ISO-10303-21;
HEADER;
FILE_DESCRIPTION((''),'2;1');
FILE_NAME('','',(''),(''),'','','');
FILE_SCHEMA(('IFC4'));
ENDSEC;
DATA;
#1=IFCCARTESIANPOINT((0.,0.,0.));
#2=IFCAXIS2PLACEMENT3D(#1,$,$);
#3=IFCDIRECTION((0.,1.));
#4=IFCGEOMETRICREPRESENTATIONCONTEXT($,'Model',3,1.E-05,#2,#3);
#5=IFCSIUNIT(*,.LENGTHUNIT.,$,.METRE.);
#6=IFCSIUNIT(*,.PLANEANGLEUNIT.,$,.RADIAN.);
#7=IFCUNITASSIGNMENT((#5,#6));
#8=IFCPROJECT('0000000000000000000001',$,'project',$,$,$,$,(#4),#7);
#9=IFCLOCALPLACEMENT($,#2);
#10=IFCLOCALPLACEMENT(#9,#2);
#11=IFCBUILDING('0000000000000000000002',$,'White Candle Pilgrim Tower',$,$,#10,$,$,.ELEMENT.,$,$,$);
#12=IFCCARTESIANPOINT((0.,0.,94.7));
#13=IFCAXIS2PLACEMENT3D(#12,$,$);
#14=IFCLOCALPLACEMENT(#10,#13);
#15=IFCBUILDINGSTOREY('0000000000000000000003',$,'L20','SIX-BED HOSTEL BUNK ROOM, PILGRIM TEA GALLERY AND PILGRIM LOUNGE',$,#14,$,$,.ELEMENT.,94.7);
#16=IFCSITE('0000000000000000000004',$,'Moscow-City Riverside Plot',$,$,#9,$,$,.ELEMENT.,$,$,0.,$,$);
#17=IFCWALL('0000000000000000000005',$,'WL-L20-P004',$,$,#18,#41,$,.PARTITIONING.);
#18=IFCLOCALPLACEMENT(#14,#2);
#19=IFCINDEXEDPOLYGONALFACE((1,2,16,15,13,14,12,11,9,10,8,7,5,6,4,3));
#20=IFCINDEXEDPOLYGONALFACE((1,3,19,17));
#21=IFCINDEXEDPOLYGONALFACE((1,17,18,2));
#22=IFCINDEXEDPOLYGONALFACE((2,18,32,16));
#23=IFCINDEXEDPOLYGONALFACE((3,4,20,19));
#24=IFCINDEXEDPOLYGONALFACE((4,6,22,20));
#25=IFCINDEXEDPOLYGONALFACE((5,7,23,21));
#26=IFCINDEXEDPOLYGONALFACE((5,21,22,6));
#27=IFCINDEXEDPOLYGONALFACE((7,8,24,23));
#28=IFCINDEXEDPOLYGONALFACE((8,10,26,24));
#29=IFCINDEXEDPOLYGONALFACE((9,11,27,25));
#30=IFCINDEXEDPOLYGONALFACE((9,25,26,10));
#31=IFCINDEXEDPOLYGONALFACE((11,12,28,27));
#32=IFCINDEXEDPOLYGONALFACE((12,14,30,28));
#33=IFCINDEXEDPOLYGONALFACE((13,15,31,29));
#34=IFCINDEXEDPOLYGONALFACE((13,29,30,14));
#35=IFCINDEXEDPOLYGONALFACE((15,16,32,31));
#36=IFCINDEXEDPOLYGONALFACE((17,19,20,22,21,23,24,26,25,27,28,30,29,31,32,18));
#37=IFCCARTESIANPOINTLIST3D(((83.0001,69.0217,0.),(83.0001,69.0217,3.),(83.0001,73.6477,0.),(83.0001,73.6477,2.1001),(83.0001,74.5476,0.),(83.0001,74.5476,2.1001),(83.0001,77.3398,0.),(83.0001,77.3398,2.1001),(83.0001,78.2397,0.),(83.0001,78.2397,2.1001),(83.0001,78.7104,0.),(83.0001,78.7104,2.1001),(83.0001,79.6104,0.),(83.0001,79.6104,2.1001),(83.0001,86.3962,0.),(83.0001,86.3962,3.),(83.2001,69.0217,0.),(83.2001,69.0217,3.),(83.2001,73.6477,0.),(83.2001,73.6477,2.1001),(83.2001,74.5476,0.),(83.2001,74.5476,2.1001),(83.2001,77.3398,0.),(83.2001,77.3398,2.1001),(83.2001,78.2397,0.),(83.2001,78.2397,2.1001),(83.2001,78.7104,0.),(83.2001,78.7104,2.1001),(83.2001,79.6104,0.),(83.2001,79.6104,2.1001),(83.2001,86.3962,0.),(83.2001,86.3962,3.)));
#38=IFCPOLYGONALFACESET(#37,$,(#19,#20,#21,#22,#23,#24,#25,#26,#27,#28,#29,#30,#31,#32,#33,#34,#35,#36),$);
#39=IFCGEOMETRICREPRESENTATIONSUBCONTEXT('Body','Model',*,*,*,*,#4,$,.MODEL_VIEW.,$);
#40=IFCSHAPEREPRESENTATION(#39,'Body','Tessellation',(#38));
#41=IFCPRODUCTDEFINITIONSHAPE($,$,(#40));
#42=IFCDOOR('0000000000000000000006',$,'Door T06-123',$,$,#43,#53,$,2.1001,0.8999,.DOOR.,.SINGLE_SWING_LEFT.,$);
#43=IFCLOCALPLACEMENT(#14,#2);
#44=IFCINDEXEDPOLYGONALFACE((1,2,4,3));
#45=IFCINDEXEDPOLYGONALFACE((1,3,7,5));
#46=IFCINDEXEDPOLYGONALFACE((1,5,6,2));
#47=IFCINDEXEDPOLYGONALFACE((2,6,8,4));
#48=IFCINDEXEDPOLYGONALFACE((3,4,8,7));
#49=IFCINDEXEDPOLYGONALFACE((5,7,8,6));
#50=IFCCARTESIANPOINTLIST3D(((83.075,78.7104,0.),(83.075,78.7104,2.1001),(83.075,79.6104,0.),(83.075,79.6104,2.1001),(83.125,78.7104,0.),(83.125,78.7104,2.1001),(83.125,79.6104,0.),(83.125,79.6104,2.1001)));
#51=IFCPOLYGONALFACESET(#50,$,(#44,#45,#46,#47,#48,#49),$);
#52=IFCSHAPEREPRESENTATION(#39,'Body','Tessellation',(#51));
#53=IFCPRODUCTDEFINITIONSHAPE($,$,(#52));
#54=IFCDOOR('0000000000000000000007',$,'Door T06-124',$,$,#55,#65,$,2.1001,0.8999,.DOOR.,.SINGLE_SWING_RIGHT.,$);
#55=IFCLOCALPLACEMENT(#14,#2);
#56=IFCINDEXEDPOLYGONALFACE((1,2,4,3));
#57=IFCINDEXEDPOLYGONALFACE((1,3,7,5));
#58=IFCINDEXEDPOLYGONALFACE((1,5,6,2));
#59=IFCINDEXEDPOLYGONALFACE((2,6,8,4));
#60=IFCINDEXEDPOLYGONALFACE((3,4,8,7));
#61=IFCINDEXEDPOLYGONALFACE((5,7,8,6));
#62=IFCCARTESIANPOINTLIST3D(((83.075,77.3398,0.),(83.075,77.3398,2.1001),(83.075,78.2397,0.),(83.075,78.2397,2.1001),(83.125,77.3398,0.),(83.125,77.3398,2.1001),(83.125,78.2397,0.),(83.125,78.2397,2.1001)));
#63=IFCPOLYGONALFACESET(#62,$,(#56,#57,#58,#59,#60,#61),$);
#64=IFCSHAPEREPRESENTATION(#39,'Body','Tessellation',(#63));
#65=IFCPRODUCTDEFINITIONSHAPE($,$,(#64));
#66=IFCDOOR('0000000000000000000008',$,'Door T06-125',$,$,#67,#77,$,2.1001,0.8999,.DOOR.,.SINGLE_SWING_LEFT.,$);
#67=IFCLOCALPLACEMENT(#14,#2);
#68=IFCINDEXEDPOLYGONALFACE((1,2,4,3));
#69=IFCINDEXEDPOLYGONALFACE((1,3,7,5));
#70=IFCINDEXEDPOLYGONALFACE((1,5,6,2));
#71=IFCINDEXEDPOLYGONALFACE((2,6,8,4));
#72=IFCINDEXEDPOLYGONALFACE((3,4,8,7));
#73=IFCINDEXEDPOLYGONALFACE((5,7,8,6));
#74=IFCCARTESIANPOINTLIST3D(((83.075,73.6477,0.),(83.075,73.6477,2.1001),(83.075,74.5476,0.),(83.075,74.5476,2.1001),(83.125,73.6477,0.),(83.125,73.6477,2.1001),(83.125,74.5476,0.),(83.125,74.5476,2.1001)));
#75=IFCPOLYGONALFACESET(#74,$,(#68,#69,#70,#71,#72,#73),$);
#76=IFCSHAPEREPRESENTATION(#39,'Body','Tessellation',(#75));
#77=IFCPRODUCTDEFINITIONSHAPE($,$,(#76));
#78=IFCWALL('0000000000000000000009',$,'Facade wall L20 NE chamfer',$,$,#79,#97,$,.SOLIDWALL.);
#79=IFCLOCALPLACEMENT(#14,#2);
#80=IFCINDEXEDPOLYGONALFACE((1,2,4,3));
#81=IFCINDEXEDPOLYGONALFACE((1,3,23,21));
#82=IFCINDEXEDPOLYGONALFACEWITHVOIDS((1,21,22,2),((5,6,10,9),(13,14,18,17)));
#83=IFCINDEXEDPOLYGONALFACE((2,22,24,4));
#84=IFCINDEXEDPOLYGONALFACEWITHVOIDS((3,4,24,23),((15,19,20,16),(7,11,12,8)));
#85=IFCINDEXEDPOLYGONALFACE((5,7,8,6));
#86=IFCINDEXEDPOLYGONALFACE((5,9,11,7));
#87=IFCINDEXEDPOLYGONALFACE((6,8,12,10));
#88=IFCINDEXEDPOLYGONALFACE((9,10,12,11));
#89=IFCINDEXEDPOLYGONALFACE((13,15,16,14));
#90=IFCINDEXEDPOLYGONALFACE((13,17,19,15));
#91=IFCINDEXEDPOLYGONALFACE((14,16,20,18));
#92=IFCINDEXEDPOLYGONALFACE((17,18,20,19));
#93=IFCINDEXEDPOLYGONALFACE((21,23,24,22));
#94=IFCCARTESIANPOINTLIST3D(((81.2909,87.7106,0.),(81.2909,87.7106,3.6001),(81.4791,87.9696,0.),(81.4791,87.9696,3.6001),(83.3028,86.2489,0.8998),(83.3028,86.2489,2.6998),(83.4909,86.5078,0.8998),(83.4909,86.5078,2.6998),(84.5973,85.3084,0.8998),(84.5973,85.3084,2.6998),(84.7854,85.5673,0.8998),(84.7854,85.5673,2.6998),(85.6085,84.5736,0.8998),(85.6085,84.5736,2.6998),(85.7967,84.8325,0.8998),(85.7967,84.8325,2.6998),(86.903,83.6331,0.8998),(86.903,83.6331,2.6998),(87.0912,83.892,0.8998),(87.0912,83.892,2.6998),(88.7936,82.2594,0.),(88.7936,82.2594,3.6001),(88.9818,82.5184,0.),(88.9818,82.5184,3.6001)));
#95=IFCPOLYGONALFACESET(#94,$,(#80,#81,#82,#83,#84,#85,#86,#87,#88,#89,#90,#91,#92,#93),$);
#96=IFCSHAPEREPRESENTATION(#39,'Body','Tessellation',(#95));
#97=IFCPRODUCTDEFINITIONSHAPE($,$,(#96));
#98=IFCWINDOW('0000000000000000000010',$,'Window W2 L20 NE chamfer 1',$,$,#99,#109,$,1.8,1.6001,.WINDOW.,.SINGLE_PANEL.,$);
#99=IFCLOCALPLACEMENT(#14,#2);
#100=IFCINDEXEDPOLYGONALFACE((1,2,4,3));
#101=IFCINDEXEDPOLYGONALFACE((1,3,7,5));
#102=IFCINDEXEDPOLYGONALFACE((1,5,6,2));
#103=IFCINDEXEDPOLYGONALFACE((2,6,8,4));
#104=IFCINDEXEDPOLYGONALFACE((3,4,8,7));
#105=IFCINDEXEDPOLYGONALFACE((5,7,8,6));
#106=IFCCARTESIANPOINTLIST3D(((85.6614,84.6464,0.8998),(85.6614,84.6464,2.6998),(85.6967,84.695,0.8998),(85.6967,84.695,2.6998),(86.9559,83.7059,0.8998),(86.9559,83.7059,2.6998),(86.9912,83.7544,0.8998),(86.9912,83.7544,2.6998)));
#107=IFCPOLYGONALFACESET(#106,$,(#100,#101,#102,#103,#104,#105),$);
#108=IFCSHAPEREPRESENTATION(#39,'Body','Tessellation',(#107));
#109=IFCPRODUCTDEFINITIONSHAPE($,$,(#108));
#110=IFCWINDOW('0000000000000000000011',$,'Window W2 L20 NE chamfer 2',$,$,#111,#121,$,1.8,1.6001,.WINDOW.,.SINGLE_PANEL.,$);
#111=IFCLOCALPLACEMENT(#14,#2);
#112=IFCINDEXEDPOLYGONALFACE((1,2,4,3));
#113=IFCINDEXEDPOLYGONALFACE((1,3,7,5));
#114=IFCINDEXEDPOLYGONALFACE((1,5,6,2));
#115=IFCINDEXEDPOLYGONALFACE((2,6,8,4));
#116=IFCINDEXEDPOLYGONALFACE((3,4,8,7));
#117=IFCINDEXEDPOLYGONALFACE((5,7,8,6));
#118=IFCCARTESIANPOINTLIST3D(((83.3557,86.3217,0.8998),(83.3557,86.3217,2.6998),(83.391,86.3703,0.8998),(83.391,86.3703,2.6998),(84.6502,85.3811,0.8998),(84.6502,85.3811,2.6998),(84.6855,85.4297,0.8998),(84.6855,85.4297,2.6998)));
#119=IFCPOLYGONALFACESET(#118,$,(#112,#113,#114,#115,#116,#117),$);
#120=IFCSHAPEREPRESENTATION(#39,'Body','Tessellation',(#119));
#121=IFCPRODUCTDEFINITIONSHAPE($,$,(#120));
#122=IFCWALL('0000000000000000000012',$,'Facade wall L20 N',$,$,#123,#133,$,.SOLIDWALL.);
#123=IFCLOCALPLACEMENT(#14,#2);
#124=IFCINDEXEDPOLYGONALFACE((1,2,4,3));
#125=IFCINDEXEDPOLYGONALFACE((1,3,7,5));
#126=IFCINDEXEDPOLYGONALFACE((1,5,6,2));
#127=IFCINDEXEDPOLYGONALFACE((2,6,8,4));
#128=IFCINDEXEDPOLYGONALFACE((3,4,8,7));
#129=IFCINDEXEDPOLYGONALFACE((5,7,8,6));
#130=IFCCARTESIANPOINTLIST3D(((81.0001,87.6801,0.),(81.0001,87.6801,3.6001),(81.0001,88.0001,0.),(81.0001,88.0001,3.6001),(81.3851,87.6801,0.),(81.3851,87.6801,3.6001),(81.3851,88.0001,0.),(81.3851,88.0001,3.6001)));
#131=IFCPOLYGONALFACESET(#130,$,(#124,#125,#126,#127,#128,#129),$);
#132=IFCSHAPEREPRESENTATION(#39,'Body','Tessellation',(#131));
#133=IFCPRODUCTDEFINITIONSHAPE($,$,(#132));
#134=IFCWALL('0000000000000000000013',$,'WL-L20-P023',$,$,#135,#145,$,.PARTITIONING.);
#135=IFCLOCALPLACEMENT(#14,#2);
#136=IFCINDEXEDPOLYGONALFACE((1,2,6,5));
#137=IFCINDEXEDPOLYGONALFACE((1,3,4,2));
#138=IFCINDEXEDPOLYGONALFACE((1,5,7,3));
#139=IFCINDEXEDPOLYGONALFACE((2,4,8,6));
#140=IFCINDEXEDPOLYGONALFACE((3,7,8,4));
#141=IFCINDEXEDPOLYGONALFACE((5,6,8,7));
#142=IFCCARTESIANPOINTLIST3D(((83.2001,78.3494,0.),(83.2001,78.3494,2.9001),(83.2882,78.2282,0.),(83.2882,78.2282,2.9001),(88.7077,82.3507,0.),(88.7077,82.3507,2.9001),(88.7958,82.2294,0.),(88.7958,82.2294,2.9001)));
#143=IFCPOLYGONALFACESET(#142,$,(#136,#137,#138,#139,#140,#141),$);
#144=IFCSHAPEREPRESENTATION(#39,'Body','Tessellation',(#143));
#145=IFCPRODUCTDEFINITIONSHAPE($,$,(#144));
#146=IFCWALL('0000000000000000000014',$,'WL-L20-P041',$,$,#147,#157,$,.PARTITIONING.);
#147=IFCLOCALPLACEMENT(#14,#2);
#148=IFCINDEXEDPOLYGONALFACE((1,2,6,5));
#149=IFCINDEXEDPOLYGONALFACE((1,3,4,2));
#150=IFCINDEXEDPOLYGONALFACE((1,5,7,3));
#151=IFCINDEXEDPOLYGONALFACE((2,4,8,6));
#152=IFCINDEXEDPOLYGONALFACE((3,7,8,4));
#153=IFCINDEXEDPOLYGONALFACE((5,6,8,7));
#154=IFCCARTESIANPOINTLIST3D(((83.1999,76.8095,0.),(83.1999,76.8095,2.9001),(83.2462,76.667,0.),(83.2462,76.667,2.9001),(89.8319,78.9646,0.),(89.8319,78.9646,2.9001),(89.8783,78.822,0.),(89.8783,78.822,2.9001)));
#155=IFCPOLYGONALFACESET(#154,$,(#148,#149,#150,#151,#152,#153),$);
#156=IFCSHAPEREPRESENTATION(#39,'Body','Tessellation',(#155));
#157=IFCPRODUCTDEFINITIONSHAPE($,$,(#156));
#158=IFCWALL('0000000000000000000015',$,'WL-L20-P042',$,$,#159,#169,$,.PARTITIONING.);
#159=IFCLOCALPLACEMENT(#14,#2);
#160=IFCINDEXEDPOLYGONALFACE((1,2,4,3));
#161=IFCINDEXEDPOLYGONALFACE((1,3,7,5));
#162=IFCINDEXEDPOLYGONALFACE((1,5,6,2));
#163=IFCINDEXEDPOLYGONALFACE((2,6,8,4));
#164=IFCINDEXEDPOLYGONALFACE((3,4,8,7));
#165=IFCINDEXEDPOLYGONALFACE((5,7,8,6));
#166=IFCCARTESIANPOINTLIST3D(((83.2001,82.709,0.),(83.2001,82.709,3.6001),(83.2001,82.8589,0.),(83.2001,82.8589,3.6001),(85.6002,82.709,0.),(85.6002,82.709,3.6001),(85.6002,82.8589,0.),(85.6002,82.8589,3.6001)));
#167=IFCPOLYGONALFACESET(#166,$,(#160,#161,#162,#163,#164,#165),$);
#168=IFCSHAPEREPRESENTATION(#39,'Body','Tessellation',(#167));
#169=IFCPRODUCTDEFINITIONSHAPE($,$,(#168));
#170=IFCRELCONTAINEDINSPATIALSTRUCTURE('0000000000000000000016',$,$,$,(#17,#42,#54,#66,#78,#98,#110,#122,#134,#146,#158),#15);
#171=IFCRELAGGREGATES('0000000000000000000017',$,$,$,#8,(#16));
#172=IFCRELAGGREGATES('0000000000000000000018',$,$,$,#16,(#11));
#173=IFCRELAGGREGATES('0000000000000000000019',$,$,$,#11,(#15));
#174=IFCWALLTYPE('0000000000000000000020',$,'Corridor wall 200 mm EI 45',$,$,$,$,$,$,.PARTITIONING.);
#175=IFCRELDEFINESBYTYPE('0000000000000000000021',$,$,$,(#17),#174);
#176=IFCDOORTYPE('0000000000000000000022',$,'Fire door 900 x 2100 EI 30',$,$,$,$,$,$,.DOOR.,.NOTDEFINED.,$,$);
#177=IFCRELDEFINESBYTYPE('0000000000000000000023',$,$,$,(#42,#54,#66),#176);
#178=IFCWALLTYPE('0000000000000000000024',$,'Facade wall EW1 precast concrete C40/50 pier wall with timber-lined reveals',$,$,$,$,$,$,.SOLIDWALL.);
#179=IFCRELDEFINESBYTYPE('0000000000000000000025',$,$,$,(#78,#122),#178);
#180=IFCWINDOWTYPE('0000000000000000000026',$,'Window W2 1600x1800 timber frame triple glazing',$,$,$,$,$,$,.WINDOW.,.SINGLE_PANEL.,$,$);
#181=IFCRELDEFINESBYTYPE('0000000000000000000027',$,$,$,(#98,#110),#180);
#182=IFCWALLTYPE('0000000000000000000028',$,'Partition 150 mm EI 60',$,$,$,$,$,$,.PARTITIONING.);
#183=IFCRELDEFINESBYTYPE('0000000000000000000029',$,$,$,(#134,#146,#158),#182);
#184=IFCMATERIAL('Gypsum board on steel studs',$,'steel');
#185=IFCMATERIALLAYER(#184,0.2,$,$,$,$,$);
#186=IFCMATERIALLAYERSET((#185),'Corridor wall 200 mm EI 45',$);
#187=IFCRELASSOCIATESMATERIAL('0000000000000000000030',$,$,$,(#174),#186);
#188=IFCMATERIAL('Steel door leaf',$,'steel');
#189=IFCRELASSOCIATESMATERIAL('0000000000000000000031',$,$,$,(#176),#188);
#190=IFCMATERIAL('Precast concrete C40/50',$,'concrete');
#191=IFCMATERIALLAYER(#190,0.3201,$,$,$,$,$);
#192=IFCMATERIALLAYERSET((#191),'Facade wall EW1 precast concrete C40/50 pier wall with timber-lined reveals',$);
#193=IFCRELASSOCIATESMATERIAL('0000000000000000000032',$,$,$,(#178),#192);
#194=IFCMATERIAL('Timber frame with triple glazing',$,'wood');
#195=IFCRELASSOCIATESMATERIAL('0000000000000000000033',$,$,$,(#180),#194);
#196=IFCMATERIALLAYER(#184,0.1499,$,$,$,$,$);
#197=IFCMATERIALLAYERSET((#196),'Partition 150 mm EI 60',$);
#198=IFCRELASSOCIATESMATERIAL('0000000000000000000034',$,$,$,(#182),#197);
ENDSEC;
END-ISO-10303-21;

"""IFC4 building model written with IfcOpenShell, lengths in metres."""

from ifc_helpers import new_model, si_unit, direction, frame, frame_2d, origin, place, context, subcontext, project, spatial, rectangle, extrude, material, layer, layer_set, type_object, element, fill, save


model = new_model("IFC4")

# Units and contexts
model_context = context("Model", 3, precision=1e-05, world=origin(), true_north=direction((0.0, 1.0)))
body_context = subcontext(model_context, "Body", "Model", "MODEL_VIEW")
ifc_project = project(units=[si_unit("LENGTHUNIT", "METRE"), si_unit("PLANEANGLEUNIT", "RADIAN")], contexts=[model_context])

# Site, building, storey
site_placement = place(None, origin())
site = spatial("IfcSite", under=ifc_project, at=site_placement, Name="Moscow-City Riverside Plot", CompositionType="ELEMENT", RefElevation=0.0)
building_placement = place(site_placement, origin())
building = spatial("IfcBuilding", under=site, at=building_placement, Name="White Candle Pilgrim Tower", CompositionType="ELEMENT")
storey_placement = place(building_placement, frame((0.0, 0.0, 94.7)))
storey = spatial("IfcBuildingStorey", under=building, at=storey_placement, Name="L20", Description="SIX-BED HOSTEL BUNK ROOM, PILGRIM TEA GALLERY AND PILGRIM LOUNGE", CompositionType="ELEMENT", Elevation=94.7)

# Shared definitions
ifc_material_1 = material(Name="Steel door leaf", Category="steel")

# Wall, openings, doors
ifc_material_2 = material(Name="Gypsum board on steel studs", Category="steel")
ifc_layer_1 = layer(ifc_material_2, 0.2)
ifc_layer_set_1 = layer_set([ifc_layer_1], Name="Corridor wall 200 mm EI 45")
wall_type_1 = type_object("IfcWallType", Name="Corridor wall 200 mm EI 45", PredefinedType="PARTITIONING", material=ifc_layer_set_1)
wall_1_placement = place(storey_placement, frame((83.1001, 86.3962, 0.0), z_axis=(0.0, 0.0, 1.0), x_axis=(0.0, -1.0, 0.0)))
wall_1 = element("IfcWall", 1, at=wall_1_placement, inside=storey, type_object=wall_type_1, Name="WL-L20-P004", PredefinedType="PARTITIONING", context=body_context, shape_type="SweptSolid", body=[
    extrude(rectangle(XDim=17.3745, YDim=0.2, at=frame_2d((8.6873, 0.0))), origin(), (0.0, 0.0, 1.0), 3.0),
])
opening_1_placement = place(wall_1_placement, frame((6.7859, 0.0, 0.0)))
opening_1 = element("IfcOpeningElement", 2, at=opening_1_placement, cuts=wall_1, PredefinedType="OPENING", context=body_context, shape_type="SweptSolid", body=[
    extrude(rectangle(XDim=0.8999, YDim=2.1001, at=frame_2d((0.45, 1.05))), frame((0.0, 0.1099, 0.0), z_axis=(0.0, -1.0, 0.0), x_axis=(1.0, 0.0, 0.0)), (0.0, 0.0, 1.0), 0.22),
])
opening_2_placement = place(wall_1_placement, frame((8.1565, 0.0, 0.0)))
opening_2 = element("IfcOpeningElement", 3, at=opening_2_placement, cuts=wall_1, PredefinedType="OPENING", context=body_context, shape_type="SweptSolid", body=[
    extrude(rectangle(XDim=0.8999, YDim=2.1001, at=frame_2d((0.45, 1.05))), frame((0.0, 0.1099, 0.0), z_axis=(0.0, -1.0, 0.0), x_axis=(1.0, 0.0, 0.0)), (0.0, 0.0, 1.0), 0.22),
])
opening_3_placement = place(wall_1_placement, frame((11.8486, 0.0, 0.0)))
opening_3 = element("IfcOpeningElement", 4, at=opening_3_placement, cuts=wall_1, PredefinedType="OPENING", context=body_context, shape_type="SweptSolid", body=[
    extrude(rectangle(XDim=0.8999, YDim=2.1001, at=frame_2d((0.45, 1.05))), frame((0.0, 0.1099, 0.0), z_axis=(0.0, -1.0, 0.0), x_axis=(1.0, 0.0, 0.0)), (0.0, 0.0, 1.0), 0.22),
])
door_type_1 = type_object("IfcDoorType", Name="Fire door 900 x 2100 EI 30", OperationType="NOTDEFINED", PredefinedType="DOOR", material=ifc_material_1)
door_1_placement = place(opening_1_placement, origin())
door_1 = element("IfcDoor", 5, at=door_1_placement, inside=storey, type_object=door_type_1, Name="Door T06-123", OperationType="SINGLE_SWING_LEFT", OverallHeight=2.1001, OverallWidth=0.8999, PredefinedType="DOOR", context=body_context, shape_type="SweptSolid", body=[
    extrude(rectangle(XDim=0.8999, YDim=2.1001, at=frame_2d((0.45, 1.05))), frame((0.0, 0.0249, 0.0), z_axis=(0.0, -1.0, 0.0), x_axis=(1.0, 0.0, 0.0)), (0.0, 0.0, 1.0), 0.05),
])
fill(opening_1, door_1)
door_2_placement = place(opening_2_placement, origin())
door_2 = element("IfcDoor", 6, at=door_2_placement, inside=storey, type_object=door_type_1, Name="Door T06-124", OperationType="SINGLE_SWING_RIGHT", OverallHeight=2.1001, OverallWidth=0.8999, PredefinedType="DOOR", context=body_context, shape_type="SweptSolid", body=[
    extrude(rectangle(XDim=0.8999, YDim=2.1001, at=frame_2d((0.45, 1.05))), frame((0.0, 0.0249, 0.0), z_axis=(0.0, -1.0, 0.0), x_axis=(1.0, 0.0, 0.0)), (0.0, 0.0, 1.0), 0.05),
])
fill(opening_2, door_2)
door_3_placement = place(opening_3_placement, origin())
door_3 = element("IfcDoor", 7, at=door_3_placement, inside=storey, type_object=door_type_1, Name="Door T06-125", OperationType="SINGLE_SWING_LEFT", OverallHeight=2.1001, OverallWidth=0.8999, PredefinedType="DOOR", context=body_context, shape_type="SweptSolid", body=[
    extrude(rectangle(XDim=0.8999, YDim=2.1001, at=frame_2d((0.45, 1.05))), frame((0.0, 0.0249, 0.0), z_axis=(0.0, -1.0, 0.0), x_axis=(1.0, 0.0, 0.0)), (0.0, 0.0, 1.0), 0.05),
])
fill(opening_3, door_3)

# Wall, openings, windows
ifc_material_3 = material(Name="Precast concrete C40/50", Category="concrete")
ifc_layer_2 = layer(ifc_material_3, 0.3201)
ifc_layer_set_2 = layer_set([ifc_layer_2], Name="Facade wall EW1 precast concrete C40/50 pier wall with timber-lined reveals")
wall_type_2 = type_object("IfcWallType", Name="Facade wall EW1 precast concrete C40/50 pier wall with timber-lined reveals", PredefinedType="SOLIDWALL", material=ifc_layer_set_2)
wall_2_placement = place(storey_placement, frame((88.8877, 82.3889, 0.0), z_axis=(0.0, 0.0, 1.0), x_axis=(-0.809009, 0.587796, 0.0)))
wall_2 = element("IfcWall", 8, at=wall_2_placement, inside=storey, type_object=wall_type_2, Name="Facade wall L20 NE chamfer", PredefinedType="SOLIDWALL", context=body_context, shape_type="SweptSolid", body=[
    extrude(rectangle(XDim=9.2739, YDim=0.3201, at=frame_2d((4.637, 0.0))), origin(), (0.0, 0.0, 1.0), 3.6001),
])
opening_4_placement = place(wall_2_placement, frame((2.3369, 0.0, 0.8999)))
opening_4 = element("IfcOpeningElement", 9, at=opening_4_placement, cuts=wall_2, PredefinedType="OPENING", context=body_context, shape_type="SweptSolid", body=[
    extrude(rectangle(XDim=1.6001, YDim=1.8, at=frame_2d((0.8, 0.8999))), frame((0.0, 0.1699, 0.0), z_axis=(0.0, -1.0, 0.0), x_axis=(1.0, 0.0, 0.0)), (0.0, 0.0, 1.0), 0.3401),
])
opening_5_placement = place(wall_2_placement, frame((5.187, 0.0, 0.8999)))
opening_5 = element("IfcOpeningElement", 10, at=opening_5_placement, cuts=wall_2, PredefinedType="OPENING", context=body_context, shape_type="SweptSolid", body=[
    extrude(rectangle(XDim=1.6001, YDim=1.8, at=frame_2d((0.8, 0.8999))), frame((0.0, 0.1699, 0.0), z_axis=(0.0, -1.0, 0.0), x_axis=(1.0, 0.0, 0.0)), (0.0, 0.0, 1.0), 0.3401),
])
ifc_material_4 = material(Name="Timber frame with triple glazing", Category="wood")
window_type = type_object("IfcWindowType", Name="Window W2 1600x1800 timber frame triple glazing", PartitioningType="SINGLE_PANEL", PredefinedType="WINDOW", material=ifc_material_4)
window_1_placement = place(opening_4_placement, origin())
window_1 = element("IfcWindow", 11, at=window_1_placement, inside=storey, type_object=window_type, Name="Window W2 L20 NE chamfer 1", OverallHeight=1.8, OverallWidth=1.6001, PartitioningType="SINGLE_PANEL", PredefinedType="WINDOW", context=body_context, shape_type="SweptSolid", body=[
    extrude(rectangle(XDim=1.6001, YDim=1.8, at=frame_2d((0.8, 0.8999))), frame((0.0, 0.0701, 0.0), z_axis=(0.0, -1.0, 0.0), x_axis=(1.0, 0.0, 0.0)), (0.0, 0.0, 1.0), 0.0601),
])
fill(opening_4, window_1)
window_2_placement = place(opening_5_placement, origin())
window_2 = element("IfcWindow", 12, at=window_2_placement, inside=storey, type_object=window_type, Name="Window W2 L20 NE chamfer 2", OverallHeight=1.8, OverallWidth=1.6001, PartitioningType="SINGLE_PANEL", PredefinedType="WINDOW", context=body_context, shape_type="SweptSolid", body=[
    extrude(rectangle(XDim=1.6001, YDim=1.8, at=frame_2d((0.8, 0.8999))), frame((0.0, 0.0701, 0.0), z_axis=(0.0, -1.0, 0.0), x_axis=(1.0, 0.0, 0.0)), (0.0, 0.0, 1.0), 0.0601),
])
fill(opening_5, window_2)

# Walls
wall_3_placement = place(storey_placement, frame((81.385, 87.8401, 0.0), z_axis=(0.0, 0.0, 1.0), x_axis=(-1.0, 0.0, 0.0)))
element("IfcWall", 13, at=wall_3_placement, inside=storey, type_object=wall_type_2, Name="Facade wall L20 N", PredefinedType="SOLIDWALL", context=body_context, shape_type="SweptSolid", body=[
    extrude(rectangle(XDim=0.385, YDim=0.3201, at=frame_2d((0.1924, 0.0))), origin(), (0.0, 0.0, 1.0), 3.6001),
])
ifc_layer_3 = layer(ifc_material_2, 0.1499)
ifc_layer_set_3 = layer_set([ifc_layer_3], Name="Partition 150 mm EI 60")
wall_type_3 = type_object("IfcWallType", Name="Partition 150 mm EI 60", PredefinedType="PARTITIONING", material=ifc_layer_set_3)
wall_4_placement = place(storey_placement, frame((88.7517, 82.29, 0.0), z_axis=(0.0, 0.0, 1.0), x_axis=(-0.809035, -0.58776, 0.0)))
element("IfcWall", 14, at=wall_4_placement, inside=storey, type_object=wall_type_3, Name="WL-L20-P023", PredefinedType="PARTITIONING", context=body_context, shape_type="SweptSolid", body=[
    extrude(rectangle(XDim=6.8076, YDim=0.1499, at=frame_2d((3.4038, 0.0))), origin(), (0.0, 0.0, 1.0), 2.9001),
])
wall_5_placement = place(storey_placement, frame((89.8552, 78.8933, 0.0), z_axis=(0.0, 0.0, 1.0), x_axis=(-0.951051, -0.309035, 0.0)))
element("IfcWall", 15, at=wall_5_placement, inside=storey, type_object=wall_type_3, Name="WL-L20-P041", PredefinedType="PARTITIONING", context=body_context, shape_type="SweptSolid", body=[
    extrude(rectangle(XDim=6.9734, YDim=0.1499, at=frame_2d((3.4868, 0.0))), origin(), (0.0, 0.0, 1.0), 2.9001),
])
wall_6_placement = place(storey_placement, frame((83.2, 82.7839, 0.0), z_axis=(0.0, 0.0, 1.0), x_axis=(1.0, 0.0, 0.0)))
element("IfcWall", 16, at=wall_6_placement, inside=storey, type_object=wall_type_3, Name="WL-L20-P042", PredefinedType="PARTITIONING", context=body_context, shape_type="SweptSolid", body=[
    extrude(rectangle(XDim=2.4001, YDim=0.1499, at=frame_2d((1.2002, 0.0))), origin(), (0.0, 0.0, 1.0), 3.6001),
])

save(model, "model.ifc")
